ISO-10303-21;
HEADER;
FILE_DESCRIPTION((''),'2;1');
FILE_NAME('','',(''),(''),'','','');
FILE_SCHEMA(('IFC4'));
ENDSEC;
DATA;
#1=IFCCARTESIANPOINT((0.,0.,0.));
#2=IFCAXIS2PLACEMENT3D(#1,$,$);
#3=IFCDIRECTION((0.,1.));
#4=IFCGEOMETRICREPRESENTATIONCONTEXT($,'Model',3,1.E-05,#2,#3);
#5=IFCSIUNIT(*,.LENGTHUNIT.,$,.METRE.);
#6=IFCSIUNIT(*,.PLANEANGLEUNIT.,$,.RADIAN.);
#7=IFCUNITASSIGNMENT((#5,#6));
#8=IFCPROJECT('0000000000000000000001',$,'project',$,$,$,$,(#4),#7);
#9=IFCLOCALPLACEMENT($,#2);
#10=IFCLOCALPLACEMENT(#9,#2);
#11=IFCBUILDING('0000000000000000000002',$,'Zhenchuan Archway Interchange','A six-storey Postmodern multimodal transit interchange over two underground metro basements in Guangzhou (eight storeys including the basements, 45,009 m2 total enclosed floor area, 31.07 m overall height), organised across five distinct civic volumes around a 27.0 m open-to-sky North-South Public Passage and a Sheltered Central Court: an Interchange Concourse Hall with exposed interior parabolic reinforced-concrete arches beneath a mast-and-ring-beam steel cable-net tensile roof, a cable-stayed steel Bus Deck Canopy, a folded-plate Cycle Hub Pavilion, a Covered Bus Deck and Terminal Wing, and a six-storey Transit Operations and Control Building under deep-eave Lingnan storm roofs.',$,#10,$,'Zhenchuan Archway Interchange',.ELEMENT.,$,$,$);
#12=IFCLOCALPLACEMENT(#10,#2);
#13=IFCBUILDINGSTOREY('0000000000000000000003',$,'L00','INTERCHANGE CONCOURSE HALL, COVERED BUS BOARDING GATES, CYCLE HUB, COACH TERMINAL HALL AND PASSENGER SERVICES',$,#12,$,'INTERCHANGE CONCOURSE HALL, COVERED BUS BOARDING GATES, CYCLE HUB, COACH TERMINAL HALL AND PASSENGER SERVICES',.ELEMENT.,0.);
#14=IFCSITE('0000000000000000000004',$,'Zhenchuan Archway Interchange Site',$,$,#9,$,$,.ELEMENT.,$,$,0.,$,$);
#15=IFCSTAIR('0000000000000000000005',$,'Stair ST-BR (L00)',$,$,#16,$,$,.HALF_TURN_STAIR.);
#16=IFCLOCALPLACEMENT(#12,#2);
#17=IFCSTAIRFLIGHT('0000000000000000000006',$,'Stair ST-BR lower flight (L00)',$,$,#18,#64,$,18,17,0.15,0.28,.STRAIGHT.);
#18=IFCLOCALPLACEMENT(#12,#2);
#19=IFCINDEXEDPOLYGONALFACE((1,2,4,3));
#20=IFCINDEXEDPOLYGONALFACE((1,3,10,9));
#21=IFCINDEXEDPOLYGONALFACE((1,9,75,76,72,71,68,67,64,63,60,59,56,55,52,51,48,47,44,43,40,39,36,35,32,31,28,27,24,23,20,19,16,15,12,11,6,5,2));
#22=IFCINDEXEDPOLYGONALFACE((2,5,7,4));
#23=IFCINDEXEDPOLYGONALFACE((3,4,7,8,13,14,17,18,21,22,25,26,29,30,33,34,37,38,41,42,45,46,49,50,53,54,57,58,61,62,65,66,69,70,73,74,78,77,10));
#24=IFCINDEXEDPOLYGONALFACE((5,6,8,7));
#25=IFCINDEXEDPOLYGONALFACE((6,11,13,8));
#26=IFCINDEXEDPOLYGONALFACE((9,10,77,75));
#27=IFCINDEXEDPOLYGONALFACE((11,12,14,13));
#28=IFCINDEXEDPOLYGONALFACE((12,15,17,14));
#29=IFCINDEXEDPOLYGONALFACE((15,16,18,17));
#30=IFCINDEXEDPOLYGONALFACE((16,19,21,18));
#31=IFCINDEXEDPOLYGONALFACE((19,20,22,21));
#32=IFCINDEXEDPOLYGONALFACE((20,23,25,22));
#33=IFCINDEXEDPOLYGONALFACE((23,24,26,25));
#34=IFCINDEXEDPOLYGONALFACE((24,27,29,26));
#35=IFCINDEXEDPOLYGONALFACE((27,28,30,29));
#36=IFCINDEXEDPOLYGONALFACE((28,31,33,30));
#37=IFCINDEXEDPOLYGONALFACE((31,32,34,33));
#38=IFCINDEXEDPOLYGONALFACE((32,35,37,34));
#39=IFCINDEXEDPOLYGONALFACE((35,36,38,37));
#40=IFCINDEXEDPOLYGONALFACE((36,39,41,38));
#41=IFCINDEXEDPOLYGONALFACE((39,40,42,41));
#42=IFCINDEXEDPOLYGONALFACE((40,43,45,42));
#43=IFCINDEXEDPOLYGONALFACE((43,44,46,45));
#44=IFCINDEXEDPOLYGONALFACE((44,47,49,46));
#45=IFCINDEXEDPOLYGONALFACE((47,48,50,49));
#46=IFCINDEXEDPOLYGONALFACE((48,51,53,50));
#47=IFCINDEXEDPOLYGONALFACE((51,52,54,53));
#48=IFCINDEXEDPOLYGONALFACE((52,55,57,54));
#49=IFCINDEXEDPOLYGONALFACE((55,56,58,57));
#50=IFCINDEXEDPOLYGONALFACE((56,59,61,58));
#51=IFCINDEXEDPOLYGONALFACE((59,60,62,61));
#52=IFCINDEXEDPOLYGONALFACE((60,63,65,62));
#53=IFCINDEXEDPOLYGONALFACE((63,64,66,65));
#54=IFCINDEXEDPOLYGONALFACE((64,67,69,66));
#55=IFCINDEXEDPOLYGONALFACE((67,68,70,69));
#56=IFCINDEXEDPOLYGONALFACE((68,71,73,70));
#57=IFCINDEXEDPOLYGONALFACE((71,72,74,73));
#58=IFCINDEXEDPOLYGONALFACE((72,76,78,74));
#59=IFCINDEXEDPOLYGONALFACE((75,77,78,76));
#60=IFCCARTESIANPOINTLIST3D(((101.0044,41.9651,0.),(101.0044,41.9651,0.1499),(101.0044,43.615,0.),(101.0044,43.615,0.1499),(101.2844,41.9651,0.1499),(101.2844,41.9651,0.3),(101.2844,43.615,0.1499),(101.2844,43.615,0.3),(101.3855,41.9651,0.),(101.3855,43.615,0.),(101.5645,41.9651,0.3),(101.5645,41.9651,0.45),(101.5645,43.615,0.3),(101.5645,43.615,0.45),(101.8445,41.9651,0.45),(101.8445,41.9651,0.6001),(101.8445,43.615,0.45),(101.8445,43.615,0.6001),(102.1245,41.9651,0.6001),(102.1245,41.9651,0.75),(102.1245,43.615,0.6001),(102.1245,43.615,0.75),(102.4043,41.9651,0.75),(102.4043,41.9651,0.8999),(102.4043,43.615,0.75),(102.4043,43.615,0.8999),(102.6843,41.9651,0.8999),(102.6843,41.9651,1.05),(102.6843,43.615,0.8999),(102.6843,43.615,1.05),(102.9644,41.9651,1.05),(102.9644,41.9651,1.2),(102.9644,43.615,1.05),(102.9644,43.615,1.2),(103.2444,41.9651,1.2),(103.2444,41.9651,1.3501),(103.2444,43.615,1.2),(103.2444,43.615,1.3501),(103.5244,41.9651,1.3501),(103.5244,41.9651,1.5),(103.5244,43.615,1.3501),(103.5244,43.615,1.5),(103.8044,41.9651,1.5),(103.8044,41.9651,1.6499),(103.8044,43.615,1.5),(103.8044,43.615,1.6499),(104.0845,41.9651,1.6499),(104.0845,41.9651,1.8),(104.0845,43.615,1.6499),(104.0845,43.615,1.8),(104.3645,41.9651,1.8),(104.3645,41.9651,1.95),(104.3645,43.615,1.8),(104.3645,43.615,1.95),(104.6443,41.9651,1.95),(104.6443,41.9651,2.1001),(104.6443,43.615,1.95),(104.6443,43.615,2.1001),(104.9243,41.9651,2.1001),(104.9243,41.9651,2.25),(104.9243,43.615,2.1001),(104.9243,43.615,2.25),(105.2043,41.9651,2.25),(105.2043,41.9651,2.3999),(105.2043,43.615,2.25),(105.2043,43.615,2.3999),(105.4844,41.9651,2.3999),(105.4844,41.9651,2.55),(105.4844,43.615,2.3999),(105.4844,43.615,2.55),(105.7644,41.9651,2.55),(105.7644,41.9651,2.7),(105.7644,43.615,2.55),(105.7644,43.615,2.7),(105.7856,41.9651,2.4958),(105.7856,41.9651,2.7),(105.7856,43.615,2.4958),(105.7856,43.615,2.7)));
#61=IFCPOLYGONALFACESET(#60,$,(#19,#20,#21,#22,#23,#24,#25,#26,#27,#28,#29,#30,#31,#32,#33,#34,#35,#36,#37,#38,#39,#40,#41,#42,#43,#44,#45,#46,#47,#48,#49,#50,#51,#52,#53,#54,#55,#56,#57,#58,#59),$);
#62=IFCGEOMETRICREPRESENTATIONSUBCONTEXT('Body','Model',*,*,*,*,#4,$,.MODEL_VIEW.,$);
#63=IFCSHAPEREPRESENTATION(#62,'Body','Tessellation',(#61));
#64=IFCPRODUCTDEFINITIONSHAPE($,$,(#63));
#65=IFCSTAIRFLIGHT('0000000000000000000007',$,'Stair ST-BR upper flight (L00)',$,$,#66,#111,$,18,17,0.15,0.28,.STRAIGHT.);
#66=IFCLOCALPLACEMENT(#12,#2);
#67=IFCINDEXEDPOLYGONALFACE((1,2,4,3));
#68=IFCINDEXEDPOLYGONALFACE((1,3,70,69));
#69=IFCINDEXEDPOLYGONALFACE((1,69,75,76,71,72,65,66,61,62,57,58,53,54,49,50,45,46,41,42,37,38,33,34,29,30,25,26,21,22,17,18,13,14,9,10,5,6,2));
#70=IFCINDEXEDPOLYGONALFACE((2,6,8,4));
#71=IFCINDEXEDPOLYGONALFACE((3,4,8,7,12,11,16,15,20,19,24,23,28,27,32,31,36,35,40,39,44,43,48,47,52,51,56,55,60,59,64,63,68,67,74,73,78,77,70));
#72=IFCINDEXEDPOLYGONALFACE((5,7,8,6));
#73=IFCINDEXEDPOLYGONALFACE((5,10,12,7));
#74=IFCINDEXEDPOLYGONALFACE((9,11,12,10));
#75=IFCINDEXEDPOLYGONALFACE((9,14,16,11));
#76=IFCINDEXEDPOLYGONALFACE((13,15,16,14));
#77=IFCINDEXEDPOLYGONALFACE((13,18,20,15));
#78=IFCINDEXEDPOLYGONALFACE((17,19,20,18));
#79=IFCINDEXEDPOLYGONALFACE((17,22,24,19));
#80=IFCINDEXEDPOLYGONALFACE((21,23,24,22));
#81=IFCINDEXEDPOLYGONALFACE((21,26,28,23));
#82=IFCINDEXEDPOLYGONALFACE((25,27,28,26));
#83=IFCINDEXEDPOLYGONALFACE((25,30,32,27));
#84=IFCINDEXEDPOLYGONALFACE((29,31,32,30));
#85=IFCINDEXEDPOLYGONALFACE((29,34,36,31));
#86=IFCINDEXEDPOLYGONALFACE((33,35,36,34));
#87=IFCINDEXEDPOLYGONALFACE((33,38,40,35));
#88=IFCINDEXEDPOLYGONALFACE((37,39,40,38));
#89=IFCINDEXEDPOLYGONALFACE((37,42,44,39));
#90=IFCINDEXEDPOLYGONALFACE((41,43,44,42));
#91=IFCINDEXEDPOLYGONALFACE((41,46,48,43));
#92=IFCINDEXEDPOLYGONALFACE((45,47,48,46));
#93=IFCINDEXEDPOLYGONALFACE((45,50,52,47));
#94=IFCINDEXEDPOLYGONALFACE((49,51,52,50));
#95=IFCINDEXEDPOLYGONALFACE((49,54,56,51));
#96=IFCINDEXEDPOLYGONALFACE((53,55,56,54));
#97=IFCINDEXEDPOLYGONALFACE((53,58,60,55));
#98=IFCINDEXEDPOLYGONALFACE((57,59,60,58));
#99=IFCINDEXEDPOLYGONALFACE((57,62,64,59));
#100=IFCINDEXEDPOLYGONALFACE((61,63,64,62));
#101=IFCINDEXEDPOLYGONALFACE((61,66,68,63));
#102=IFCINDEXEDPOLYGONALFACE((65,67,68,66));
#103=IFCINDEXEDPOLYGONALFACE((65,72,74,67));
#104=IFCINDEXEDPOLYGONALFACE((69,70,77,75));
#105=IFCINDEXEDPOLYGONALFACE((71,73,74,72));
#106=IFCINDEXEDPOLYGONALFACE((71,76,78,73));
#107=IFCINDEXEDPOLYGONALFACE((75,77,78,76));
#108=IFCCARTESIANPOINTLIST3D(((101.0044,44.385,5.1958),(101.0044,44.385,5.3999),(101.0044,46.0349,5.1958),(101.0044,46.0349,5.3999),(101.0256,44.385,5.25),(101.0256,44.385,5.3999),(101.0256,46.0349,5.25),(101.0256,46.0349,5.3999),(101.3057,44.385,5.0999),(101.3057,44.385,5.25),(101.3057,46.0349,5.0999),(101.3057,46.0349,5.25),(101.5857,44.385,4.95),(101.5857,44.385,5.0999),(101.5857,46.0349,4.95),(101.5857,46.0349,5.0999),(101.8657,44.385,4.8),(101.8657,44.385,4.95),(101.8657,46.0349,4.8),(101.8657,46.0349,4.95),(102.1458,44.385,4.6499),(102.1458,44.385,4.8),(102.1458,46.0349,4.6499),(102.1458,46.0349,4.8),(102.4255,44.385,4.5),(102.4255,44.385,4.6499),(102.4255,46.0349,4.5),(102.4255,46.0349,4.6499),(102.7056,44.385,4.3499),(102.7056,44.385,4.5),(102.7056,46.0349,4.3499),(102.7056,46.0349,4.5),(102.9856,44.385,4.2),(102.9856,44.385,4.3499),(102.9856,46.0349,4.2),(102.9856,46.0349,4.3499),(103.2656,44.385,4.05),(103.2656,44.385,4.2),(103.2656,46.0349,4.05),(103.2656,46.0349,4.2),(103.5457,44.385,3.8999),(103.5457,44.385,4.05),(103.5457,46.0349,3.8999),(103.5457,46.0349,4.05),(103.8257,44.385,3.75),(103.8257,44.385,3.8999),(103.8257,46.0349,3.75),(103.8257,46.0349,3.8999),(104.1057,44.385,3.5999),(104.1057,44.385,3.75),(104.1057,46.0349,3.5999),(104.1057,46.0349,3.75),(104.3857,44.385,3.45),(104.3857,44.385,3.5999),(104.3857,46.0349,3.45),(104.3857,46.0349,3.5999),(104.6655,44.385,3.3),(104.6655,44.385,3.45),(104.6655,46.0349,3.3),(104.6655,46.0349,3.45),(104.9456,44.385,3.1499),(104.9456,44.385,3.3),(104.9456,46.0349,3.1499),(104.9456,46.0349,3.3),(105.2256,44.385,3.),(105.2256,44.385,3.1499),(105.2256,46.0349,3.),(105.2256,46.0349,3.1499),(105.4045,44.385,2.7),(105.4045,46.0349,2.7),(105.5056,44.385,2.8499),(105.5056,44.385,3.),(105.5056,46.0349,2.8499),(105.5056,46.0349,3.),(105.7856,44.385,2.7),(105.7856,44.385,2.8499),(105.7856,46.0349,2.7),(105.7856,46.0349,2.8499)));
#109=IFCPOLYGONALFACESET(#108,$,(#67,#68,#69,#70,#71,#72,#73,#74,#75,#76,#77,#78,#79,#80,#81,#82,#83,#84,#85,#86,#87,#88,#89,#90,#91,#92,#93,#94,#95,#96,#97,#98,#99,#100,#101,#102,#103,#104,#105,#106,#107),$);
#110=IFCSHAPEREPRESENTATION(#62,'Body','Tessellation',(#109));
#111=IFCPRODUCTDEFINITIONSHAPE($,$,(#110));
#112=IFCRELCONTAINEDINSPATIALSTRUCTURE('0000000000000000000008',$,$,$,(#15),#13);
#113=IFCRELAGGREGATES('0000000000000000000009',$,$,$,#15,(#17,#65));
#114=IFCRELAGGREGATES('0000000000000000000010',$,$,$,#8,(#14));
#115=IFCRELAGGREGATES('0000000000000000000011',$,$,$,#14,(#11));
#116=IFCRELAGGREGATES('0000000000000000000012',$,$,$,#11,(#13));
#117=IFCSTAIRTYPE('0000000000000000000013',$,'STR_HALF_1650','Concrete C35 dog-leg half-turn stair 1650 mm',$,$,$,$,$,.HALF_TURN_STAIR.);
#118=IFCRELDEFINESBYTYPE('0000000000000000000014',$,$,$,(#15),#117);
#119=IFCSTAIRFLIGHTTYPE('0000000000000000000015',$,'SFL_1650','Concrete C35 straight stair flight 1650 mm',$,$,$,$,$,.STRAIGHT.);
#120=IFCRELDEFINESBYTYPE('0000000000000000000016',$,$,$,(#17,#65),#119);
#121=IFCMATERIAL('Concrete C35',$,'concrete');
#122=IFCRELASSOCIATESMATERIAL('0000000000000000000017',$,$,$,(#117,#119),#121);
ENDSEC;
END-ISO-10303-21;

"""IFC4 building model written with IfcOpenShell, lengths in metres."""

from ifc_helpers import new_model, si_unit, direction, frame, origin, place, context, subcontext, project, spatial, polyline, outline, extrude, material, type_object, element, aggregate, save


model = new_model("IFC4")

# Units and contexts
model_context = context("Model", 3, precision=1e-05, world=origin(), true_north=direction((0.0, 1.0)))
body_context = subcontext(model_context, "Body", "Model", "MODEL_VIEW")
ifc_project = project(units=[si_unit("LENGTHUNIT", "METRE"), si_unit("PLANEANGLEUNIT", "RADIAN")], contexts=[model_context])

# Site, building, storey
site_placement = place(None, origin())
site = spatial("IfcSite", under=ifc_project, at=site_placement, Name="Zhenchuan Archway Interchange Site", CompositionType="ELEMENT", RefElevation=0.0)
building_placement = place(site_placement, origin())
building = spatial("IfcBuilding", under=site, at=building_placement, Name="Zhenchuan Archway Interchange", Description="A six-storey Postmodern multimodal transit interchange over two underground metro basements in Guangzhou (eight storeys including the basements, 45,009 m2 total enclosed floor area, 31.07 m overall height), organised across five distinct civic volumes around a 27.0 m open-to-sky North-South Public Passage and a Sheltered Central Court: an Interchange Concourse Hall with exposed interior parabolic reinforced-concrete arches beneath a mast-and-ring-beam steel cable-net tensile roof, a cable-stayed steel Bus Deck Canopy, a folded-plate Cycle Hub Pavilion, a Covered Bus Deck and Terminal Wing, and a six-storey Transit Operations and Control Building under deep-eave Lingnan storm roofs.", LongName="Zhenchuan Archway Interchange", CompositionType="ELEMENT")
storey_placement = place(building_placement, origin())
storey = spatial("IfcBuildingStorey", under=building, at=storey_placement, Name="L00", Description="INTERCHANGE CONCOURSE HALL, COVERED BUS BOARDING GATES, CYCLE HUB, COACH TERMINAL HALL AND PASSENGER SERVICES", LongName="INTERCHANGE CONCOURSE HALL, COVERED BUS BOARDING GATES, CYCLE HUB, COACH TERMINAL HALL AND PASSENGER SERVICES", CompositionType="ELEMENT", Elevation=0.0)

# Stair, stair flights
ifc_material_1 = material(Name="Concrete C35", Category="concrete")
stair_type = type_object("IfcStairType", Name="STR_HALF_1650", Description="Concrete C35 dog-leg half-turn stair 1650 mm", PredefinedType="HALF_TURN_STAIR", material=ifc_material_1)
stair_placement = place(storey_placement, origin())
stair = element("IfcStair", 1, at=stair_placement, inside=storey, type_object=stair_type, Name="Stair ST-BR (L00)", PredefinedType="HALF_TURN_STAIR")
stair_flight_type = type_object("IfcStairFlightType", Name="SFL_1650", Description="Concrete C35 straight stair flight 1650 mm", PredefinedType="STRAIGHT", material=ifc_material_1)
stair_flight_1_placement = place(storey_placement, frame((101.0044, 42.79, 0.0), z_axis=(0.0, 0.0, 1.0), x_axis=(1.0, 0.0, 0.0)))
stair_flight_1 = element("IfcStairFlight", 2, at=stair_flight_1_placement, type_object=stair_flight_type, Name="Stair ST-BR lower flight (L00)", NumberOfRisers=18, NumberOfTreads=17, PredefinedType="STRAIGHT", RiserHeight=0.15, TreadLength=0.28, context=body_context, shape_type="SweptSolid", body=[
    extrude(outline(polyline([(0.0, 0.0), (0.0, 0.1499), (0.28, 0.1499), (0.28, 0.3), (0.5601, 0.3), (0.5601, 0.45), (0.8401, 0.45), (0.8401, 0.6001), (1.1201, 0.6001), (1.1201, 0.75), (1.3999, 0.75), (1.3999, 0.8999), (1.6799, 0.8999), (1.6799, 1.05), (1.96, 1.05), (1.96, 1.2), (2.24, 1.2), (2.24, 1.3501), (2.52, 1.3501), (2.52, 1.5), (2.8, 1.5), (2.8, 1.6499), (3.0801, 1.6499), (3.0801, 1.8), (3.3601, 1.8), (3.3601, 1.95), (3.6399, 1.95), (3.6399, 2.1001), (3.9199, 2.1001), (3.9199, 2.25), (4.2, 2.25), (4.2, 2.3999), (4.48, 2.3999), (4.48, 2.55), (4.76, 2.55), (4.76, 2.7), (4.7812, 2.7), (4.7812, 2.4958), (0.3811, 0.0), (0.0, 0.0)])), frame((0.0, 0.825, 0.0), z_axis=(0.0, -1.0, 0.0), x_axis=(1.0, 0.0, 0.0)), (0.0, 0.0, 1.0), 1.6499),
])
stair_flight_2_placement = place(storey_placement, frame((105.7856, 45.21, 2.7), z_axis=(0.0, 0.0, 1.0), x_axis=(-1.0, 0.0, 0.0)))
stair_flight_2 = element("IfcStairFlight", 3, at=stair_flight_2_placement, type_object=stair_flight_type, Name="Stair ST-BR upper flight (L00)", NumberOfRisers=18, NumberOfTreads=17, PredefinedType="STRAIGHT", RiserHeight=0.15, TreadLength=0.28, context=body_context, shape_type="SweptSolid", body=[
    extrude(outline(polyline([(0.0, 0.0), (0.0, 0.1499), (0.28, 0.1499), (0.28, 0.3), (0.5601, 0.3), (0.5601, 0.45), (0.8401, 0.45), (0.8401, 0.6001), (1.1201, 0.6001), (1.1201, 0.75), (1.3999, 0.75), (1.3999, 0.8999), (1.6799, 0.8999), (1.6799, 1.05), (1.96, 1.05), (1.96, 1.2), (2.24, 1.2), (2.24, 1.3501), (2.52, 1.3501), (2.52, 1.5), (2.8, 1.5), (2.8, 1.6499), (3.0801, 1.6499), (3.0801, 1.8), (3.3601, 1.8), (3.3601, 1.95), (3.6399, 1.95), (3.6399, 2.1001), (3.9199, 2.1001), (3.9199, 2.25), (4.2, 2.25), (4.2, 2.3999), (4.48, 2.3999), (4.48, 2.55), (4.76, 2.55), (4.76, 2.7), (4.7812, 2.7), (4.7812, 2.4958), (0.3811, 0.0), (0.0, 0.0)])), frame((0.0, 0.825, 0.0), z_axis=(0.0, -1.0, 0.0), x_axis=(1.0, 0.0, 0.0)), (0.0, 0.0, 1.0), 1.6499),
])
aggregate(stair, [stair_flight_1, stair_flight_2])

save(model, "model.ifc")
